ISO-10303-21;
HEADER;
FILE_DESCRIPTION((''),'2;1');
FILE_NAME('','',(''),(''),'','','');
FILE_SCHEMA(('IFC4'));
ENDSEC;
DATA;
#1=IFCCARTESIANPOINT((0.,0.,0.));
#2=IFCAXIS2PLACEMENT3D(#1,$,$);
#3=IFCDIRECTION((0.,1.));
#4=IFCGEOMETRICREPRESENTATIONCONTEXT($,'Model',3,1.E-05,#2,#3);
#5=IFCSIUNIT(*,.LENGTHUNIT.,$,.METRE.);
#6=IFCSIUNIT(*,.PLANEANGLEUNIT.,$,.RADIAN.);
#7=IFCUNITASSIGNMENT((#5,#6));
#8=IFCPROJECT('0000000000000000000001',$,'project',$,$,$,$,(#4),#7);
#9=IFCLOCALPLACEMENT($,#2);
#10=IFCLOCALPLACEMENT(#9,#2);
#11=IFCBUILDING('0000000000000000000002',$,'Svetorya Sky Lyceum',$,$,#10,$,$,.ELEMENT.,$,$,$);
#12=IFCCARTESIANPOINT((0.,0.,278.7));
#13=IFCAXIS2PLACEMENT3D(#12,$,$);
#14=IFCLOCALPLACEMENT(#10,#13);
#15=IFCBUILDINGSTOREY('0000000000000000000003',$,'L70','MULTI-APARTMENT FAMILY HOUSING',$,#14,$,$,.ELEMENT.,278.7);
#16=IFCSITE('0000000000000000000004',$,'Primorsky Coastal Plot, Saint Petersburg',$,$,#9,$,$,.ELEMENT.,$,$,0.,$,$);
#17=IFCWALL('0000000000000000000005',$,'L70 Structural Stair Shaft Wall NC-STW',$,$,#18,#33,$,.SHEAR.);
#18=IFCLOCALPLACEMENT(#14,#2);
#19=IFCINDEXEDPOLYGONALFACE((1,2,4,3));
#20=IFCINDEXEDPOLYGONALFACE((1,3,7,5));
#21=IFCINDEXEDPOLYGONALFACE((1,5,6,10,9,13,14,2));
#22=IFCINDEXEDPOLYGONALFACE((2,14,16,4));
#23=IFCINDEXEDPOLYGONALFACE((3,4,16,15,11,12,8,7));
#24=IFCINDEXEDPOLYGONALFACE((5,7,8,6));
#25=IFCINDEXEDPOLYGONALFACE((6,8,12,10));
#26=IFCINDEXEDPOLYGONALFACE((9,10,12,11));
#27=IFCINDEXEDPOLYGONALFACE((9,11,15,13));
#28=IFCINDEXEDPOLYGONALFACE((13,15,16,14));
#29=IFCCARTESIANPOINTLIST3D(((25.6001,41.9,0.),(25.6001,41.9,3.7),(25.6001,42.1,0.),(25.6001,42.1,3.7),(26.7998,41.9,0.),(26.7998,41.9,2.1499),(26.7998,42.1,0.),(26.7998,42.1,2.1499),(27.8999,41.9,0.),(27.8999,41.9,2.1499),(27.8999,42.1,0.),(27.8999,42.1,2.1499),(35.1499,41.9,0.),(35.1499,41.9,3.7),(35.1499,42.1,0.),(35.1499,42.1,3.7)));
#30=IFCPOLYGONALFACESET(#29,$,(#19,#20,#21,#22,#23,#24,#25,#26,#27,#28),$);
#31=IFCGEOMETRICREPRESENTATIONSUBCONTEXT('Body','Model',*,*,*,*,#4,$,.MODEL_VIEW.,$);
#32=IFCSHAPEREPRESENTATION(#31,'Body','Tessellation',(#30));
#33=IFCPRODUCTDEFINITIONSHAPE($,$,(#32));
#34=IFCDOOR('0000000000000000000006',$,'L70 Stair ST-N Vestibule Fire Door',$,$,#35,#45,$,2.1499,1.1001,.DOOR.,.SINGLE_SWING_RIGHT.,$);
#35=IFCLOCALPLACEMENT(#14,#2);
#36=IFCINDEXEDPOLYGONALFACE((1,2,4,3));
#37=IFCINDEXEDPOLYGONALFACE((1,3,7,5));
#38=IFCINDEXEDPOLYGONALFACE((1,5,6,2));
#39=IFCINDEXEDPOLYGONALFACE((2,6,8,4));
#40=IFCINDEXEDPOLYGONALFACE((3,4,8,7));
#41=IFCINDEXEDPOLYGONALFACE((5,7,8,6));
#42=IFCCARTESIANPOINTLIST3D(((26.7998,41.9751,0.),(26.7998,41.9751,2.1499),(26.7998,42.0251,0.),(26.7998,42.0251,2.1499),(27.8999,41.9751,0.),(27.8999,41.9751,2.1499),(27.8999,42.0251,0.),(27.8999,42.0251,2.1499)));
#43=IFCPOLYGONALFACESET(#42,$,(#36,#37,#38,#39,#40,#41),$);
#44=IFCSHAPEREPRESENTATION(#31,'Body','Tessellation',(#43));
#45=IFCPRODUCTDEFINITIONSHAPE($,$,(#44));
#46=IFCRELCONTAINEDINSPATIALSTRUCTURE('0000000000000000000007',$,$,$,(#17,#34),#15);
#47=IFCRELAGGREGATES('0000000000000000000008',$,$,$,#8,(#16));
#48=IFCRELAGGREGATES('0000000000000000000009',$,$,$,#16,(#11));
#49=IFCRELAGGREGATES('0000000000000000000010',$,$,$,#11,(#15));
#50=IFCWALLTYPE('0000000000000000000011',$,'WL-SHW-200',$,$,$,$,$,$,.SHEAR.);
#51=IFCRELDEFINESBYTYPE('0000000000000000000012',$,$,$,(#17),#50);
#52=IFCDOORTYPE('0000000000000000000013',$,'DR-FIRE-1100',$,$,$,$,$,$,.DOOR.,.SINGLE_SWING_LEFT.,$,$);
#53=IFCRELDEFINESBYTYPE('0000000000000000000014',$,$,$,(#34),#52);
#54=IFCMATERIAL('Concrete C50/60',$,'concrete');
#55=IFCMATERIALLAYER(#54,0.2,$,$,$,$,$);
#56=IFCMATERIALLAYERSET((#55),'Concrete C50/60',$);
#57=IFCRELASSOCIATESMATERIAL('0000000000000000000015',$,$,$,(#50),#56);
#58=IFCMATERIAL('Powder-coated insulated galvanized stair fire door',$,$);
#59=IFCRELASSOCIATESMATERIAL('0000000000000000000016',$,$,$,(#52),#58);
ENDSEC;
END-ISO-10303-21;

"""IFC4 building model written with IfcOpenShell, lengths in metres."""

from ifc_helpers import new_model, si_unit, direction, frame, frame_2d, origin, place, context, subcontext, project, spatial, rectangle, extrude, material, layer, layer_set, type_object, element, fill, save


model = new_model("IFC4")

# Units and contexts
model_context = context("Model", 3, precision=1e-05, world=origin(), true_north=direction((0.0, 1.0)))
body_context = subcontext(model_context, "Body", "Model", "MODEL_VIEW")
ifc_project = project(units=[si_unit("LENGTHUNIT", "METRE"), si_unit("PLANEANGLEUNIT", "RADIAN")], contexts=[model_context])

# Site, building, storey
site_placement = place(None, origin())
site = spatial("IfcSite", under=ifc_project, at=site_placement, Name="Primorsky Coastal Plot, Saint Petersburg", CompositionType="ELEMENT", RefElevation=0.0)
building_placement = place(site_placement, origin())
building = spatial("IfcBuilding", under=site, at=building_placement, Name="Svetorya Sky Lyceum", CompositionType="ELEMENT")
storey_placement = place(building_placement, frame((0.0, 0.0, 278.7)))
storey = spatial("IfcBuildingStorey", under=building, at=storey_placement, Name="L70", Description="MULTI-APARTMENT FAMILY HOUSING", CompositionType="ELEMENT", Elevation=278.7)

# Wall, opening, door
ifc_material_1 = material(Name="Concrete C50/60", Category="concrete")
ifc_layer_1 = layer(ifc_material_1, 0.2)
ifc_layer_set_1 = layer_set([ifc_layer_1], Name="Concrete C50/60")
wall_type_1 = type_object("IfcWallType", Name="WL-SHW-200", PredefinedType="SHEAR", material=ifc_layer_set_1)
wall_1_placement = place(storey_placement, frame((35.1499, 42.0, 0.0), z_axis=(0.0, 0.0, 1.0), x_axis=(-1.0, 0.0, 0.0)))
wall_1 = element("IfcWall", 1, at=wall_1_placement, inside=storey, type_object=wall_type_1, Name="L70 Structural Stair Shaft Wall NC-STW", PredefinedType="SHEAR", context=body_context, shape_type="SweptSolid", body=[
    extrude(rectangle(XDim=9.5498, YDim=0.2, at=frame_2d((4.7749, 0.0))), origin(), (0.0, 0.0, 1.0), 3.7),
])
opening_1_placement = place(wall_1_placement, frame((7.25, 0.0, 0.0)))
opening_1 = element("IfcOpeningElement", 2, at=opening_1_placement, cuts=wall_1, PredefinedType="OPENING", context=body_context, shape_type="SweptSolid", body=[
    extrude(rectangle(XDim=1.1001, YDim=2.1499, at=frame_2d((0.55, 1.075))), frame((0.0, 0.1099, 0.0), z_axis=(0.0, -1.0, 0.0), x_axis=(1.0, 0.0, 0.0)), (0.0, 0.0, 1.0), 0.22),
])
ifc_material_2 = material(Name="Powder-coated insulated galvanized stair fire door")
door_type_1 = type_object("IfcDoorType", Name="DR-FIRE-1100", OperationType="SINGLE_SWING_LEFT", PredefinedType="DOOR", material=ifc_material_2)
door_1_placement = place(opening_1_placement, origin())
door_1 = element("IfcDoor", 3, at=door_1_placement, inside=storey, type_object=door_type_1, Name="L70 Stair ST-N Vestibule Fire Door", OperationType="SINGLE_SWING_RIGHT", OverallHeight=2.1499, OverallWidth=1.1001, PredefinedType="DOOR", context=body_context, shape_type="SweptSolid", body=[
    extrude(rectangle(XDim=1.1001, YDim=2.1499, at=frame_2d((0.55, 1.075))), frame((0.0, 0.0249, 0.0), z_axis=(0.0, -1.0, 0.0), x_axis=(1.0, 0.0, 0.0)), (0.0, 0.0, 1.0), 0.05),
])
fill(opening_1, door_1)

save(model, "model.ifc")
